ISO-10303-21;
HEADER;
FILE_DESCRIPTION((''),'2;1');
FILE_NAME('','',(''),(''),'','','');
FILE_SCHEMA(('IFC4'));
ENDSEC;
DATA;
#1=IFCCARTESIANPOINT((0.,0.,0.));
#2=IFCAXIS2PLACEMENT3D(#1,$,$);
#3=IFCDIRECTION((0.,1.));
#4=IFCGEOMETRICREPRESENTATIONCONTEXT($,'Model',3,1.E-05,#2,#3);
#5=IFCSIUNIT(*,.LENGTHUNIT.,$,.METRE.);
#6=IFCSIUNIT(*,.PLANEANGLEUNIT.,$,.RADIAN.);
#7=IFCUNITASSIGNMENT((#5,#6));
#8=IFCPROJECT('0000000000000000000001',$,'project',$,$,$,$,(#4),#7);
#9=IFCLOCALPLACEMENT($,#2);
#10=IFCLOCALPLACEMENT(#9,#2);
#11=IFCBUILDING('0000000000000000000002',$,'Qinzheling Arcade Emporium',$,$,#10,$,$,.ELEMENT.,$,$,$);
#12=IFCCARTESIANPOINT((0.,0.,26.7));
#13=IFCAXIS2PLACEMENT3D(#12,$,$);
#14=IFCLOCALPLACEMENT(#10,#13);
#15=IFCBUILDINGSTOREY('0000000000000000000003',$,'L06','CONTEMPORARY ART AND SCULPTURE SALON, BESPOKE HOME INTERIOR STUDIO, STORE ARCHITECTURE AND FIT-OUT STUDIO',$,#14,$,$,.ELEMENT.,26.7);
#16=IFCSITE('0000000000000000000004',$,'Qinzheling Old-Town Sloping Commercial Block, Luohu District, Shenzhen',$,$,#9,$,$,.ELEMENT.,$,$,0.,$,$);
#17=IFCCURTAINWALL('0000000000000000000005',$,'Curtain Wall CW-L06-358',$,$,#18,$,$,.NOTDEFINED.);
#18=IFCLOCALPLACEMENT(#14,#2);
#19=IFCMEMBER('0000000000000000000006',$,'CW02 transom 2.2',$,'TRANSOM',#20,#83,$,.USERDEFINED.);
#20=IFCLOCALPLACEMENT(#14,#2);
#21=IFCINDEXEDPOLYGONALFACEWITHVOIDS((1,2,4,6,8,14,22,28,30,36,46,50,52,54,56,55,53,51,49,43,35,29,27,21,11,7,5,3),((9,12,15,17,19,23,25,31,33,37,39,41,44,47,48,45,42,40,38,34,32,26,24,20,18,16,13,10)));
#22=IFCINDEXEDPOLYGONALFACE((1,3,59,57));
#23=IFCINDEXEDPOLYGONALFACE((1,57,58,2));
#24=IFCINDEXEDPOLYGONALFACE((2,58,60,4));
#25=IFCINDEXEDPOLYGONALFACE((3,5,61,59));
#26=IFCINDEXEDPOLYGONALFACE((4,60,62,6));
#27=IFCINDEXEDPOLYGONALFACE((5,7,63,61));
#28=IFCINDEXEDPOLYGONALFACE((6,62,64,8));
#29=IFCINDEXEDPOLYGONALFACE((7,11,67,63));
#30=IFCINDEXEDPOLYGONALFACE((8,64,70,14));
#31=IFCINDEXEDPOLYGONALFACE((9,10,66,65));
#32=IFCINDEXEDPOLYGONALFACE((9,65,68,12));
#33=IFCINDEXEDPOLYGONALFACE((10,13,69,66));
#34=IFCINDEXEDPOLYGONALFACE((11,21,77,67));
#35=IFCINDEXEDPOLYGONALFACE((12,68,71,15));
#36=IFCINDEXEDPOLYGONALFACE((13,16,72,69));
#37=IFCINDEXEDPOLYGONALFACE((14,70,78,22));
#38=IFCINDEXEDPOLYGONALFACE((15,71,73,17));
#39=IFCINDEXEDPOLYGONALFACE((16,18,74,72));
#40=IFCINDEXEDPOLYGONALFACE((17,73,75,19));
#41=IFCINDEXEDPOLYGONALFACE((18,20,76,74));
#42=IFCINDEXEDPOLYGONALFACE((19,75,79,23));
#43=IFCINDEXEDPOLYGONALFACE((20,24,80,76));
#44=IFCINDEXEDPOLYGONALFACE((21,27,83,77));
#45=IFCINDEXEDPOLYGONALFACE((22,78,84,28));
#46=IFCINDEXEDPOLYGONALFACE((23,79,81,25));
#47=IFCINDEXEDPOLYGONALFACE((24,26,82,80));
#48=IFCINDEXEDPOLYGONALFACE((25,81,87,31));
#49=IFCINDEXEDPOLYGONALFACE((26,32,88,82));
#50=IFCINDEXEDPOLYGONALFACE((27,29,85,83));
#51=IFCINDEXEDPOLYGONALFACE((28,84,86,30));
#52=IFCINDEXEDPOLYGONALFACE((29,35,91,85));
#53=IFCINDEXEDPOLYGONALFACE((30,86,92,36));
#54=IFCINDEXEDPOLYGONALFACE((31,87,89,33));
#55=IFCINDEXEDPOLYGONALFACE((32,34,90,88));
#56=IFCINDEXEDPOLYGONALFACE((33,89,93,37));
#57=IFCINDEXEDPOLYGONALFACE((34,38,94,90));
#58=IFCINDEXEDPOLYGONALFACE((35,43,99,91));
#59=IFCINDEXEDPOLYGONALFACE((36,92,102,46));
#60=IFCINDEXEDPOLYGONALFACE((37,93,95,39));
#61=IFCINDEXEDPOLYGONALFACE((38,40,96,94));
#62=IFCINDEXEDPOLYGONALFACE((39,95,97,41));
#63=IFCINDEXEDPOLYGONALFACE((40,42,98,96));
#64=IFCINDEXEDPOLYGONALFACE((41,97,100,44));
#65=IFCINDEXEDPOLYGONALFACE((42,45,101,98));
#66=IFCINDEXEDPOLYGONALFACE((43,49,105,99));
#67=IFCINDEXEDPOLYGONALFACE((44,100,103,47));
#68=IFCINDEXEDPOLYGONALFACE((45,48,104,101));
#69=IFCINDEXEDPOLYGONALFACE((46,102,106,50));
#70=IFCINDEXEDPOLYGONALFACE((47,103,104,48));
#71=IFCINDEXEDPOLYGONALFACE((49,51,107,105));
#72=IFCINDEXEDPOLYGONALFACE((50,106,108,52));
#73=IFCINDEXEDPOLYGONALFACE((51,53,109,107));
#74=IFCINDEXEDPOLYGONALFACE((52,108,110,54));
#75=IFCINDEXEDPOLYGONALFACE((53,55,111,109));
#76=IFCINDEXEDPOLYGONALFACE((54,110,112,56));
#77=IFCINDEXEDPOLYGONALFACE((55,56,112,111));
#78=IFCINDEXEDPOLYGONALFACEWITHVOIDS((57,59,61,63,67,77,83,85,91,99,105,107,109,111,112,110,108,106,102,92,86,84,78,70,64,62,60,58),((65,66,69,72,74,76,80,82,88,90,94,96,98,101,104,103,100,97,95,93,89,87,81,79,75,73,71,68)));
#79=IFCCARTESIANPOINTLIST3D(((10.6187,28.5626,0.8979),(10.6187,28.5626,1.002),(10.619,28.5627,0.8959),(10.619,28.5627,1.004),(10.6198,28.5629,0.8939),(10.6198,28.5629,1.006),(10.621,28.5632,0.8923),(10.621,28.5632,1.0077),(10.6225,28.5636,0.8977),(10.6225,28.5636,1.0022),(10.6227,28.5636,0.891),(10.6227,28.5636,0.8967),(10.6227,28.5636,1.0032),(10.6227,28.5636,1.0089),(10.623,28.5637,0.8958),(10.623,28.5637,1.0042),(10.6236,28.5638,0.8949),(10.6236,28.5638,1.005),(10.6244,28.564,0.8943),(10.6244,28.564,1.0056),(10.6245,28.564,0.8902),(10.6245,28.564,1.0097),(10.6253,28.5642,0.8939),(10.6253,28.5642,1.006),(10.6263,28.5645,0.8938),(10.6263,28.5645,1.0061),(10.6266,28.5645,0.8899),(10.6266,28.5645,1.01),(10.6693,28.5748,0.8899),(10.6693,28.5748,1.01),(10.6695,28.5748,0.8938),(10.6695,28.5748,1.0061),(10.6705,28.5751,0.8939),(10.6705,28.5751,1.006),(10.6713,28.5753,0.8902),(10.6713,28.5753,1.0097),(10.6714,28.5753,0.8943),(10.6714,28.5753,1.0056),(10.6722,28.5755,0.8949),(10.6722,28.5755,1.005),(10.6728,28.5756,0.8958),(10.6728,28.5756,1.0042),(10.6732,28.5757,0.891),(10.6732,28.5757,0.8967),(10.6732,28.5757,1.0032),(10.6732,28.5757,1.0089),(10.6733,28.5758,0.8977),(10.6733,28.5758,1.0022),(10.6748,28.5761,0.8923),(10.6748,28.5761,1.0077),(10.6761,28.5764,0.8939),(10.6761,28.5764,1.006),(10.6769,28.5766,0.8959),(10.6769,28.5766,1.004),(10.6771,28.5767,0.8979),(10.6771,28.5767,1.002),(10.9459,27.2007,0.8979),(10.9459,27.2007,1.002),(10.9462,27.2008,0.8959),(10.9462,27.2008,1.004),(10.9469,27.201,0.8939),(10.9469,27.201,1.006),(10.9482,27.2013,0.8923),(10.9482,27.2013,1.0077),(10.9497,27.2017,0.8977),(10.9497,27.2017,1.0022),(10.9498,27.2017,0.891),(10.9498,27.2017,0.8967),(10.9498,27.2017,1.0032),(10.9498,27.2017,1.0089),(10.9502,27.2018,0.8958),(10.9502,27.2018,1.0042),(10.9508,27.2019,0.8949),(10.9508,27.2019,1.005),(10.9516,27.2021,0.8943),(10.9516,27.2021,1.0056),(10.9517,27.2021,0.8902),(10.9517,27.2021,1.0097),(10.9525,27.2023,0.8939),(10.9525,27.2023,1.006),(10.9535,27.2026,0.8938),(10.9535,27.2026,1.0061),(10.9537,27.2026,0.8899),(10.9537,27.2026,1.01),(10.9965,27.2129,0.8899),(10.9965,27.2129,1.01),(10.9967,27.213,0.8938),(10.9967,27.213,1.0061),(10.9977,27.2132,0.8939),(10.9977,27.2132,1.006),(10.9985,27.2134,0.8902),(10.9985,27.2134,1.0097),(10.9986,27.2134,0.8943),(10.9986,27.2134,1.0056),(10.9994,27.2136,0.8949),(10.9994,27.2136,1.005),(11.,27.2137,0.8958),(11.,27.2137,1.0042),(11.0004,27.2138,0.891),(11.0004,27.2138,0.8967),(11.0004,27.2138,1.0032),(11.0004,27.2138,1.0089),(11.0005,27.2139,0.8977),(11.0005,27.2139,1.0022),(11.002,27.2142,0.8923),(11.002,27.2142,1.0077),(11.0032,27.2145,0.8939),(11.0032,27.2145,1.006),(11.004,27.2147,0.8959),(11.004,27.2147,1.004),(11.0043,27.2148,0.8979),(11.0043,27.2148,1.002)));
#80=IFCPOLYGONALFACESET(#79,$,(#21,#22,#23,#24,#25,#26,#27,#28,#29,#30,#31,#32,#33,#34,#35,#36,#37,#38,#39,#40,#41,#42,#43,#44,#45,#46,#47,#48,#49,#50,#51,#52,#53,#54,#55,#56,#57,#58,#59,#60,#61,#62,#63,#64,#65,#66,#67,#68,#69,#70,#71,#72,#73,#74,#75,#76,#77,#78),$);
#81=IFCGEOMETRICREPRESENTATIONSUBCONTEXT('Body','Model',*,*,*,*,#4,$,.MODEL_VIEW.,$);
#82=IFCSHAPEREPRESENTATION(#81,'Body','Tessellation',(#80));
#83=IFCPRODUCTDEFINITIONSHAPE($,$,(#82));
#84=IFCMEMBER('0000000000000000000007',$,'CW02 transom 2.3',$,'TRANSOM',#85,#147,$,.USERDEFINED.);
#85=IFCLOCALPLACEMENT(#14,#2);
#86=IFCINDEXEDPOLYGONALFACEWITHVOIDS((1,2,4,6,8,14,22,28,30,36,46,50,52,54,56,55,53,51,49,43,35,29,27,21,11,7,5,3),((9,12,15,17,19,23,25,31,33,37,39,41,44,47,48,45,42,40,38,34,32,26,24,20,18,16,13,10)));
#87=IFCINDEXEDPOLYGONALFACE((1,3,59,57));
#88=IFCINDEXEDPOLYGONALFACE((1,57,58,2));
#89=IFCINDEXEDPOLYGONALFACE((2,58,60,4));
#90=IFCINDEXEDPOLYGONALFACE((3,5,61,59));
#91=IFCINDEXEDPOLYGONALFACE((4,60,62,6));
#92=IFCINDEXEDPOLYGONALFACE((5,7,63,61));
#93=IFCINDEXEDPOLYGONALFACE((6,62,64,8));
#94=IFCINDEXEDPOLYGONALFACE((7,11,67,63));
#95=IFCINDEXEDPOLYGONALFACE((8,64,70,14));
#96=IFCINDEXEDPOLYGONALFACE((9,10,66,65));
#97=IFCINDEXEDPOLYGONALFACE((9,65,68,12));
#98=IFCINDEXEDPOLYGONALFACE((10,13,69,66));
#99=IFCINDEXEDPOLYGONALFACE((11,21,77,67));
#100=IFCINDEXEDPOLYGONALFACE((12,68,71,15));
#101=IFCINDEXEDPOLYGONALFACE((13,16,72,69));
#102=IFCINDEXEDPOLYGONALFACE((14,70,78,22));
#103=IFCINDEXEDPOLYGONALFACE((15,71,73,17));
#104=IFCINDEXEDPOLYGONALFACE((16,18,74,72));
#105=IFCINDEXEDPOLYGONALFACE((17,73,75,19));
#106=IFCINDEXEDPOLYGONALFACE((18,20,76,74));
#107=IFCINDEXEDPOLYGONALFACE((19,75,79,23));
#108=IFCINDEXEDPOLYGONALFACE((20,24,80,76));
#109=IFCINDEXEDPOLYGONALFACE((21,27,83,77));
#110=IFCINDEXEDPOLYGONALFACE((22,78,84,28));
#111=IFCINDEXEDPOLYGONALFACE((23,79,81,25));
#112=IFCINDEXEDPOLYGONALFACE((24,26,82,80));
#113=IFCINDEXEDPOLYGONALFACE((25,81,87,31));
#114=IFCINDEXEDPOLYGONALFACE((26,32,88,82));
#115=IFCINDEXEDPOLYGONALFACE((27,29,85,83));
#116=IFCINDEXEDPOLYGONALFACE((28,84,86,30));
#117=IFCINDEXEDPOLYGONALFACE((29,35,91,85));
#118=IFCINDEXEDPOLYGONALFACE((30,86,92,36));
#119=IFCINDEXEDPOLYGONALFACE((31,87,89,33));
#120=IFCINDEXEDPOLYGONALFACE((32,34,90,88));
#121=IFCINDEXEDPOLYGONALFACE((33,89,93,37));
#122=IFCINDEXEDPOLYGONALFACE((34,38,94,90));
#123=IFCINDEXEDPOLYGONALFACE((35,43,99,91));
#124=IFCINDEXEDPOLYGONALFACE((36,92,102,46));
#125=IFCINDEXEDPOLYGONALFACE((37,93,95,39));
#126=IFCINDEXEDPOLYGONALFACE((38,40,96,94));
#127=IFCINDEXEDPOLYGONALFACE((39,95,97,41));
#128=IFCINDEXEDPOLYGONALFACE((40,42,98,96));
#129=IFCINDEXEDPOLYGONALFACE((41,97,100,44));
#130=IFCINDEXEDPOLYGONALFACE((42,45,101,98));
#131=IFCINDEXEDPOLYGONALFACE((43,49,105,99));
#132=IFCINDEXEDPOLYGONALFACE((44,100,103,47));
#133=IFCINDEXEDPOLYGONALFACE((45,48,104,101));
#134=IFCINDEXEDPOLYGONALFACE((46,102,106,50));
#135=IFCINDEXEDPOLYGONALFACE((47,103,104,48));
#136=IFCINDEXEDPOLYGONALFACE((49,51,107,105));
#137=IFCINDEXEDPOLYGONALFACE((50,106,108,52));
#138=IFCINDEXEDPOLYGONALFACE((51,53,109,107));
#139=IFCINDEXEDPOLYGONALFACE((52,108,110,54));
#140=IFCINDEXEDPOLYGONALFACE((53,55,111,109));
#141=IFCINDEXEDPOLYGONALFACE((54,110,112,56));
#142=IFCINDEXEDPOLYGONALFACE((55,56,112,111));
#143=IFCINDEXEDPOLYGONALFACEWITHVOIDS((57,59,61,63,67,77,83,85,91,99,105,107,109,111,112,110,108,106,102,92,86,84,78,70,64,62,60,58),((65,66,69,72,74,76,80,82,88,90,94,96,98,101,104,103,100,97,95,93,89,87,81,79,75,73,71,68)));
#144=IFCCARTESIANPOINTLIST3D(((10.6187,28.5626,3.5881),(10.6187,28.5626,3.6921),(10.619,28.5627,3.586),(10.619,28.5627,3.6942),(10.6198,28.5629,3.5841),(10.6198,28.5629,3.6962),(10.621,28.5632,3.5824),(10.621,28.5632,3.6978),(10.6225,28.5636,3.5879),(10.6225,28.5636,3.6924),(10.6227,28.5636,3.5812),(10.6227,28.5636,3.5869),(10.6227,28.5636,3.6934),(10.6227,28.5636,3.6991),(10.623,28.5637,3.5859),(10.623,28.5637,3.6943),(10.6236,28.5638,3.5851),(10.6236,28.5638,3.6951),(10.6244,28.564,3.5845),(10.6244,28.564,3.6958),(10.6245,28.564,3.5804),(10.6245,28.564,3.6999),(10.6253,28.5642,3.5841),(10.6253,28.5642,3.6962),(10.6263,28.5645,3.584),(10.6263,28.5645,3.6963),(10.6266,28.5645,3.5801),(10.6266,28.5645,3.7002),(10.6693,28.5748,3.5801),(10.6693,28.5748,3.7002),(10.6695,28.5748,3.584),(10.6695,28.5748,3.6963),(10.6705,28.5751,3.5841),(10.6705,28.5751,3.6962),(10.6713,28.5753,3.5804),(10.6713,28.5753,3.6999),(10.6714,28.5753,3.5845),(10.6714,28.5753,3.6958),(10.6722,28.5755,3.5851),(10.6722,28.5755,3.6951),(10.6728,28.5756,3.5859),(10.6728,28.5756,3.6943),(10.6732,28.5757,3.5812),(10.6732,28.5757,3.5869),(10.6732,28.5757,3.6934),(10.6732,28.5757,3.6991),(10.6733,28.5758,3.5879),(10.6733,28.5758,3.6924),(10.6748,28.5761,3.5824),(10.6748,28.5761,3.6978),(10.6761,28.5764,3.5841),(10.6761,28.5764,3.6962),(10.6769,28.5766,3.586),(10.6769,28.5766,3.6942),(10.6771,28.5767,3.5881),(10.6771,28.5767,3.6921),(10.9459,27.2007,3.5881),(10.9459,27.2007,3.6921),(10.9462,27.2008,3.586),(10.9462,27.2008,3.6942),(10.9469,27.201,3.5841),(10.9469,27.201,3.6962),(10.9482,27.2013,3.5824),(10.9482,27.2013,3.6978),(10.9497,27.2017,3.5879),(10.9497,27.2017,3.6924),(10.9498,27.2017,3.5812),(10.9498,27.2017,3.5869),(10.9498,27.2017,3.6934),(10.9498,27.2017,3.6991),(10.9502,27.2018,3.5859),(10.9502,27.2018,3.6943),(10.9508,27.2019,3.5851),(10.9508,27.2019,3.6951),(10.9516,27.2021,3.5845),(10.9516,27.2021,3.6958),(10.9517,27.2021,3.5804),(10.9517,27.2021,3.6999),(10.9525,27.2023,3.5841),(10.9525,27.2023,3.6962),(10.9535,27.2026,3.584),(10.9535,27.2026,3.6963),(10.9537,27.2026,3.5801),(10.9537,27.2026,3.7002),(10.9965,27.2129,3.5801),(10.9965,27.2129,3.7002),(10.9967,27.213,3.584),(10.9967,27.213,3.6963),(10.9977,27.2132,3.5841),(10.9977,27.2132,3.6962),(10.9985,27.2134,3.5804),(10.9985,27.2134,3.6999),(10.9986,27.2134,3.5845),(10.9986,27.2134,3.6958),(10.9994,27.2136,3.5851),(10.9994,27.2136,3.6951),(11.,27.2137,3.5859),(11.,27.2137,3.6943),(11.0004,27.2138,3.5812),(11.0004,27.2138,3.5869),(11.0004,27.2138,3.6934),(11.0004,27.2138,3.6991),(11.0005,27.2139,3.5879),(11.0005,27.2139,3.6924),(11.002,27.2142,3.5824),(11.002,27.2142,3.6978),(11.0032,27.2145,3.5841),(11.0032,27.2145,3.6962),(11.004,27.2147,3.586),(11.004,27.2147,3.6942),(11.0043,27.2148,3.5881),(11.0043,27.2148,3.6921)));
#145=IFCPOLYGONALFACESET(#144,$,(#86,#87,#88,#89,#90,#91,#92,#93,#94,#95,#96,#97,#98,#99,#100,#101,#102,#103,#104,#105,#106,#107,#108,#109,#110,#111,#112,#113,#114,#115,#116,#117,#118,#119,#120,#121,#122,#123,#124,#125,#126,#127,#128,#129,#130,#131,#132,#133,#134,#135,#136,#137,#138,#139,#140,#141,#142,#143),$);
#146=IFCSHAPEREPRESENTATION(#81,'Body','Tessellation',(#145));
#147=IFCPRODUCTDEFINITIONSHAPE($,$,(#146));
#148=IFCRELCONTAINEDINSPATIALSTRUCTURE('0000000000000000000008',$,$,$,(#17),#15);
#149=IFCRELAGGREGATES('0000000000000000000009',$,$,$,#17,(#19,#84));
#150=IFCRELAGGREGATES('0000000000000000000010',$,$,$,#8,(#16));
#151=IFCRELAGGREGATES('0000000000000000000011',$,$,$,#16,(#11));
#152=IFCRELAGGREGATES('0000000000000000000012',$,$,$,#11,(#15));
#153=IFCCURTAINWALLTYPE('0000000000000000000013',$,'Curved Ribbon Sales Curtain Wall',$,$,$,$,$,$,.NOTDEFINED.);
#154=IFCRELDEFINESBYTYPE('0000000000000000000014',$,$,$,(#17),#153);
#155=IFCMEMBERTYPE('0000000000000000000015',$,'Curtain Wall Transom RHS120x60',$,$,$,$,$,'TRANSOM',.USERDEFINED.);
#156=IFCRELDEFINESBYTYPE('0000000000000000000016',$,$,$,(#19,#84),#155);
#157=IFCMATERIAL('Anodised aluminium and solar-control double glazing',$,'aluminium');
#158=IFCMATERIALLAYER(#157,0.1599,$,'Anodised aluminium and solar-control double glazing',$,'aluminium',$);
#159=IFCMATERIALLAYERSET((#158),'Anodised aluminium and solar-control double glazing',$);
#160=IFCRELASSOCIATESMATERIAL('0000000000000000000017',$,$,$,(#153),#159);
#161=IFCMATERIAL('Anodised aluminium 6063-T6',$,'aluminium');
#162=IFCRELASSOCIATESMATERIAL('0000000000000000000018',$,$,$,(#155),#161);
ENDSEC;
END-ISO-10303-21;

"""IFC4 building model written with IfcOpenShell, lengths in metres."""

from ifc_helpers import new_model, si_unit, direction, frame, origin, origin_2d, place, context, subcontext, project, spatial, hollow_rectangle, extrude, material, layer, layer_set, material_profile, profile_set, type_object, element, aggregate, save


model = new_model("IFC4")

# Units and contexts
model_context = context("Model", 3, precision=1e-05, world=origin(), true_north=direction((0.0, 1.0)))
body_context = subcontext(model_context, "Body", "Model", "MODEL_VIEW")
ifc_project = project(units=[si_unit("LENGTHUNIT", "METRE"), si_unit("PLANEANGLEUNIT", "RADIAN")], contexts=[model_context])

# Site, building, storey
site_placement = place(None, origin())
site = spatial("IfcSite", under=ifc_project, at=site_placement, Name="Qinzheling Old-Town Sloping Commercial Block, Luohu District, Shenzhen", CompositionType="ELEMENT", RefElevation=0.0)
building_placement = place(site_placement, origin())
building = spatial("IfcBuilding", under=site, at=building_placement, Name="Qinzheling Arcade Emporium", CompositionType="ELEMENT")
storey_placement = place(building_placement, frame((0.0, 0.0, 26.7)))
storey = spatial("IfcBuildingStorey", under=building, at=storey_placement, Name="L06", Description="CONTEMPORARY ART AND SCULPTURE SALON, BESPOKE HOME INTERIOR STUDIO, STORE ARCHITECTURE AND FIT-OUT STUDIO", CompositionType="ELEMENT", Elevation=26.7)

# Shared definitions
ifc_material_1 = material(Name="Anodised aluminium and solar-control double glazing", Category="aluminium")
ifc_layer_1 = layer(ifc_material_1, 0.1599, Name="Anodised aluminium and solar-control double glazing", Category="aluminium")
ifc_layer_set_1 = layer_set([ifc_layer_1], Name="Anodised aluminium and solar-control double glazing")
curtain_wall_type = type_object("IfcCurtainWallType", Name="Curved Ribbon Sales Curtain Wall", PredefinedType="NOTDEFINED", material=ifc_layer_set_1)
ifc_material_2 = material(Name="Anodised aluminium 6063-T6", Category="aluminium")

# Curtain wall
curtain_wall_1_placement = place(storey_placement, origin())
curtain_wall_1 = element("IfcCurtainWall", 1, at=curtain_wall_1_placement, inside=storey, type_object=curtain_wall_type, Name="Curtain Wall CW-L06-358", PredefinedType="NOTDEFINED")

# Members
ifc_material_profile_1 = material_profile(ifc_material_2, hollow_rectangle(XDim=0.0601, YDim=0.1201, WallThickness=0.0039, InnerFilletRadius=0.0039, OuterFilletRadius=0.0081, at=origin_2d()), Name="RHS 120x60x4", Category="aluminium")
ifc_profile_set_1 = profile_set([ifc_material_profile_1], Name="Anodised aluminium 6063-T6")
member_type_1 = type_object("IfcMemberType", Name="Curtain Wall Transom RHS120x60", ElementType="TRANSOM", PredefinedType="USERDEFINED", material=ifc_profile_set_1)
member_1_placement = place(storey_placement, frame((10.9751, 27.2078, 0.95), z_axis=(-0.233584, 0.972337, 0.0), x_axis=(-0.972337, -0.233584, 0.0)))
member_1 = element("IfcMember", 2, at=member_1_placement, type_object=member_type_1, Name="CW02 transom 2.2", ObjectType="TRANSOM", PredefinedType="USERDEFINED", context=body_context, shape_type="SweptSolid", body=[
    extrude(hollow_rectangle(XDim=0.0601, YDim=0.1201, WallThickness=0.0039, InnerFilletRadius=0.0039, OuterFilletRadius=0.0081, at=origin_2d()), origin(), (0.0, 0.0, 1.0), 1.4006),
])
member_2_placement = place(storey_placement, frame((10.9751, 27.2078, 3.6401), z_axis=(-0.233584, 0.972337, 0.0), x_axis=(-0.972337, -0.233584, 0.0)))
member_2 = element("IfcMember", 3, at=member_2_placement, type_object=member_type_1, Name="CW02 transom 2.3", ObjectType="TRANSOM", PredefinedType="USERDEFINED", context=body_context, shape_type="SweptSolid", body=[
    extrude(hollow_rectangle(XDim=0.0601, YDim=0.1201, WallThickness=0.0039, InnerFilletRadius=0.0039, OuterFilletRadius=0.0081, at=origin_2d()), origin(), (0.0, 0.0, 1.0), 1.4006),
])

aggregate(curtain_wall_1, [member_1, member_2])

save(model, "model.ifc")
